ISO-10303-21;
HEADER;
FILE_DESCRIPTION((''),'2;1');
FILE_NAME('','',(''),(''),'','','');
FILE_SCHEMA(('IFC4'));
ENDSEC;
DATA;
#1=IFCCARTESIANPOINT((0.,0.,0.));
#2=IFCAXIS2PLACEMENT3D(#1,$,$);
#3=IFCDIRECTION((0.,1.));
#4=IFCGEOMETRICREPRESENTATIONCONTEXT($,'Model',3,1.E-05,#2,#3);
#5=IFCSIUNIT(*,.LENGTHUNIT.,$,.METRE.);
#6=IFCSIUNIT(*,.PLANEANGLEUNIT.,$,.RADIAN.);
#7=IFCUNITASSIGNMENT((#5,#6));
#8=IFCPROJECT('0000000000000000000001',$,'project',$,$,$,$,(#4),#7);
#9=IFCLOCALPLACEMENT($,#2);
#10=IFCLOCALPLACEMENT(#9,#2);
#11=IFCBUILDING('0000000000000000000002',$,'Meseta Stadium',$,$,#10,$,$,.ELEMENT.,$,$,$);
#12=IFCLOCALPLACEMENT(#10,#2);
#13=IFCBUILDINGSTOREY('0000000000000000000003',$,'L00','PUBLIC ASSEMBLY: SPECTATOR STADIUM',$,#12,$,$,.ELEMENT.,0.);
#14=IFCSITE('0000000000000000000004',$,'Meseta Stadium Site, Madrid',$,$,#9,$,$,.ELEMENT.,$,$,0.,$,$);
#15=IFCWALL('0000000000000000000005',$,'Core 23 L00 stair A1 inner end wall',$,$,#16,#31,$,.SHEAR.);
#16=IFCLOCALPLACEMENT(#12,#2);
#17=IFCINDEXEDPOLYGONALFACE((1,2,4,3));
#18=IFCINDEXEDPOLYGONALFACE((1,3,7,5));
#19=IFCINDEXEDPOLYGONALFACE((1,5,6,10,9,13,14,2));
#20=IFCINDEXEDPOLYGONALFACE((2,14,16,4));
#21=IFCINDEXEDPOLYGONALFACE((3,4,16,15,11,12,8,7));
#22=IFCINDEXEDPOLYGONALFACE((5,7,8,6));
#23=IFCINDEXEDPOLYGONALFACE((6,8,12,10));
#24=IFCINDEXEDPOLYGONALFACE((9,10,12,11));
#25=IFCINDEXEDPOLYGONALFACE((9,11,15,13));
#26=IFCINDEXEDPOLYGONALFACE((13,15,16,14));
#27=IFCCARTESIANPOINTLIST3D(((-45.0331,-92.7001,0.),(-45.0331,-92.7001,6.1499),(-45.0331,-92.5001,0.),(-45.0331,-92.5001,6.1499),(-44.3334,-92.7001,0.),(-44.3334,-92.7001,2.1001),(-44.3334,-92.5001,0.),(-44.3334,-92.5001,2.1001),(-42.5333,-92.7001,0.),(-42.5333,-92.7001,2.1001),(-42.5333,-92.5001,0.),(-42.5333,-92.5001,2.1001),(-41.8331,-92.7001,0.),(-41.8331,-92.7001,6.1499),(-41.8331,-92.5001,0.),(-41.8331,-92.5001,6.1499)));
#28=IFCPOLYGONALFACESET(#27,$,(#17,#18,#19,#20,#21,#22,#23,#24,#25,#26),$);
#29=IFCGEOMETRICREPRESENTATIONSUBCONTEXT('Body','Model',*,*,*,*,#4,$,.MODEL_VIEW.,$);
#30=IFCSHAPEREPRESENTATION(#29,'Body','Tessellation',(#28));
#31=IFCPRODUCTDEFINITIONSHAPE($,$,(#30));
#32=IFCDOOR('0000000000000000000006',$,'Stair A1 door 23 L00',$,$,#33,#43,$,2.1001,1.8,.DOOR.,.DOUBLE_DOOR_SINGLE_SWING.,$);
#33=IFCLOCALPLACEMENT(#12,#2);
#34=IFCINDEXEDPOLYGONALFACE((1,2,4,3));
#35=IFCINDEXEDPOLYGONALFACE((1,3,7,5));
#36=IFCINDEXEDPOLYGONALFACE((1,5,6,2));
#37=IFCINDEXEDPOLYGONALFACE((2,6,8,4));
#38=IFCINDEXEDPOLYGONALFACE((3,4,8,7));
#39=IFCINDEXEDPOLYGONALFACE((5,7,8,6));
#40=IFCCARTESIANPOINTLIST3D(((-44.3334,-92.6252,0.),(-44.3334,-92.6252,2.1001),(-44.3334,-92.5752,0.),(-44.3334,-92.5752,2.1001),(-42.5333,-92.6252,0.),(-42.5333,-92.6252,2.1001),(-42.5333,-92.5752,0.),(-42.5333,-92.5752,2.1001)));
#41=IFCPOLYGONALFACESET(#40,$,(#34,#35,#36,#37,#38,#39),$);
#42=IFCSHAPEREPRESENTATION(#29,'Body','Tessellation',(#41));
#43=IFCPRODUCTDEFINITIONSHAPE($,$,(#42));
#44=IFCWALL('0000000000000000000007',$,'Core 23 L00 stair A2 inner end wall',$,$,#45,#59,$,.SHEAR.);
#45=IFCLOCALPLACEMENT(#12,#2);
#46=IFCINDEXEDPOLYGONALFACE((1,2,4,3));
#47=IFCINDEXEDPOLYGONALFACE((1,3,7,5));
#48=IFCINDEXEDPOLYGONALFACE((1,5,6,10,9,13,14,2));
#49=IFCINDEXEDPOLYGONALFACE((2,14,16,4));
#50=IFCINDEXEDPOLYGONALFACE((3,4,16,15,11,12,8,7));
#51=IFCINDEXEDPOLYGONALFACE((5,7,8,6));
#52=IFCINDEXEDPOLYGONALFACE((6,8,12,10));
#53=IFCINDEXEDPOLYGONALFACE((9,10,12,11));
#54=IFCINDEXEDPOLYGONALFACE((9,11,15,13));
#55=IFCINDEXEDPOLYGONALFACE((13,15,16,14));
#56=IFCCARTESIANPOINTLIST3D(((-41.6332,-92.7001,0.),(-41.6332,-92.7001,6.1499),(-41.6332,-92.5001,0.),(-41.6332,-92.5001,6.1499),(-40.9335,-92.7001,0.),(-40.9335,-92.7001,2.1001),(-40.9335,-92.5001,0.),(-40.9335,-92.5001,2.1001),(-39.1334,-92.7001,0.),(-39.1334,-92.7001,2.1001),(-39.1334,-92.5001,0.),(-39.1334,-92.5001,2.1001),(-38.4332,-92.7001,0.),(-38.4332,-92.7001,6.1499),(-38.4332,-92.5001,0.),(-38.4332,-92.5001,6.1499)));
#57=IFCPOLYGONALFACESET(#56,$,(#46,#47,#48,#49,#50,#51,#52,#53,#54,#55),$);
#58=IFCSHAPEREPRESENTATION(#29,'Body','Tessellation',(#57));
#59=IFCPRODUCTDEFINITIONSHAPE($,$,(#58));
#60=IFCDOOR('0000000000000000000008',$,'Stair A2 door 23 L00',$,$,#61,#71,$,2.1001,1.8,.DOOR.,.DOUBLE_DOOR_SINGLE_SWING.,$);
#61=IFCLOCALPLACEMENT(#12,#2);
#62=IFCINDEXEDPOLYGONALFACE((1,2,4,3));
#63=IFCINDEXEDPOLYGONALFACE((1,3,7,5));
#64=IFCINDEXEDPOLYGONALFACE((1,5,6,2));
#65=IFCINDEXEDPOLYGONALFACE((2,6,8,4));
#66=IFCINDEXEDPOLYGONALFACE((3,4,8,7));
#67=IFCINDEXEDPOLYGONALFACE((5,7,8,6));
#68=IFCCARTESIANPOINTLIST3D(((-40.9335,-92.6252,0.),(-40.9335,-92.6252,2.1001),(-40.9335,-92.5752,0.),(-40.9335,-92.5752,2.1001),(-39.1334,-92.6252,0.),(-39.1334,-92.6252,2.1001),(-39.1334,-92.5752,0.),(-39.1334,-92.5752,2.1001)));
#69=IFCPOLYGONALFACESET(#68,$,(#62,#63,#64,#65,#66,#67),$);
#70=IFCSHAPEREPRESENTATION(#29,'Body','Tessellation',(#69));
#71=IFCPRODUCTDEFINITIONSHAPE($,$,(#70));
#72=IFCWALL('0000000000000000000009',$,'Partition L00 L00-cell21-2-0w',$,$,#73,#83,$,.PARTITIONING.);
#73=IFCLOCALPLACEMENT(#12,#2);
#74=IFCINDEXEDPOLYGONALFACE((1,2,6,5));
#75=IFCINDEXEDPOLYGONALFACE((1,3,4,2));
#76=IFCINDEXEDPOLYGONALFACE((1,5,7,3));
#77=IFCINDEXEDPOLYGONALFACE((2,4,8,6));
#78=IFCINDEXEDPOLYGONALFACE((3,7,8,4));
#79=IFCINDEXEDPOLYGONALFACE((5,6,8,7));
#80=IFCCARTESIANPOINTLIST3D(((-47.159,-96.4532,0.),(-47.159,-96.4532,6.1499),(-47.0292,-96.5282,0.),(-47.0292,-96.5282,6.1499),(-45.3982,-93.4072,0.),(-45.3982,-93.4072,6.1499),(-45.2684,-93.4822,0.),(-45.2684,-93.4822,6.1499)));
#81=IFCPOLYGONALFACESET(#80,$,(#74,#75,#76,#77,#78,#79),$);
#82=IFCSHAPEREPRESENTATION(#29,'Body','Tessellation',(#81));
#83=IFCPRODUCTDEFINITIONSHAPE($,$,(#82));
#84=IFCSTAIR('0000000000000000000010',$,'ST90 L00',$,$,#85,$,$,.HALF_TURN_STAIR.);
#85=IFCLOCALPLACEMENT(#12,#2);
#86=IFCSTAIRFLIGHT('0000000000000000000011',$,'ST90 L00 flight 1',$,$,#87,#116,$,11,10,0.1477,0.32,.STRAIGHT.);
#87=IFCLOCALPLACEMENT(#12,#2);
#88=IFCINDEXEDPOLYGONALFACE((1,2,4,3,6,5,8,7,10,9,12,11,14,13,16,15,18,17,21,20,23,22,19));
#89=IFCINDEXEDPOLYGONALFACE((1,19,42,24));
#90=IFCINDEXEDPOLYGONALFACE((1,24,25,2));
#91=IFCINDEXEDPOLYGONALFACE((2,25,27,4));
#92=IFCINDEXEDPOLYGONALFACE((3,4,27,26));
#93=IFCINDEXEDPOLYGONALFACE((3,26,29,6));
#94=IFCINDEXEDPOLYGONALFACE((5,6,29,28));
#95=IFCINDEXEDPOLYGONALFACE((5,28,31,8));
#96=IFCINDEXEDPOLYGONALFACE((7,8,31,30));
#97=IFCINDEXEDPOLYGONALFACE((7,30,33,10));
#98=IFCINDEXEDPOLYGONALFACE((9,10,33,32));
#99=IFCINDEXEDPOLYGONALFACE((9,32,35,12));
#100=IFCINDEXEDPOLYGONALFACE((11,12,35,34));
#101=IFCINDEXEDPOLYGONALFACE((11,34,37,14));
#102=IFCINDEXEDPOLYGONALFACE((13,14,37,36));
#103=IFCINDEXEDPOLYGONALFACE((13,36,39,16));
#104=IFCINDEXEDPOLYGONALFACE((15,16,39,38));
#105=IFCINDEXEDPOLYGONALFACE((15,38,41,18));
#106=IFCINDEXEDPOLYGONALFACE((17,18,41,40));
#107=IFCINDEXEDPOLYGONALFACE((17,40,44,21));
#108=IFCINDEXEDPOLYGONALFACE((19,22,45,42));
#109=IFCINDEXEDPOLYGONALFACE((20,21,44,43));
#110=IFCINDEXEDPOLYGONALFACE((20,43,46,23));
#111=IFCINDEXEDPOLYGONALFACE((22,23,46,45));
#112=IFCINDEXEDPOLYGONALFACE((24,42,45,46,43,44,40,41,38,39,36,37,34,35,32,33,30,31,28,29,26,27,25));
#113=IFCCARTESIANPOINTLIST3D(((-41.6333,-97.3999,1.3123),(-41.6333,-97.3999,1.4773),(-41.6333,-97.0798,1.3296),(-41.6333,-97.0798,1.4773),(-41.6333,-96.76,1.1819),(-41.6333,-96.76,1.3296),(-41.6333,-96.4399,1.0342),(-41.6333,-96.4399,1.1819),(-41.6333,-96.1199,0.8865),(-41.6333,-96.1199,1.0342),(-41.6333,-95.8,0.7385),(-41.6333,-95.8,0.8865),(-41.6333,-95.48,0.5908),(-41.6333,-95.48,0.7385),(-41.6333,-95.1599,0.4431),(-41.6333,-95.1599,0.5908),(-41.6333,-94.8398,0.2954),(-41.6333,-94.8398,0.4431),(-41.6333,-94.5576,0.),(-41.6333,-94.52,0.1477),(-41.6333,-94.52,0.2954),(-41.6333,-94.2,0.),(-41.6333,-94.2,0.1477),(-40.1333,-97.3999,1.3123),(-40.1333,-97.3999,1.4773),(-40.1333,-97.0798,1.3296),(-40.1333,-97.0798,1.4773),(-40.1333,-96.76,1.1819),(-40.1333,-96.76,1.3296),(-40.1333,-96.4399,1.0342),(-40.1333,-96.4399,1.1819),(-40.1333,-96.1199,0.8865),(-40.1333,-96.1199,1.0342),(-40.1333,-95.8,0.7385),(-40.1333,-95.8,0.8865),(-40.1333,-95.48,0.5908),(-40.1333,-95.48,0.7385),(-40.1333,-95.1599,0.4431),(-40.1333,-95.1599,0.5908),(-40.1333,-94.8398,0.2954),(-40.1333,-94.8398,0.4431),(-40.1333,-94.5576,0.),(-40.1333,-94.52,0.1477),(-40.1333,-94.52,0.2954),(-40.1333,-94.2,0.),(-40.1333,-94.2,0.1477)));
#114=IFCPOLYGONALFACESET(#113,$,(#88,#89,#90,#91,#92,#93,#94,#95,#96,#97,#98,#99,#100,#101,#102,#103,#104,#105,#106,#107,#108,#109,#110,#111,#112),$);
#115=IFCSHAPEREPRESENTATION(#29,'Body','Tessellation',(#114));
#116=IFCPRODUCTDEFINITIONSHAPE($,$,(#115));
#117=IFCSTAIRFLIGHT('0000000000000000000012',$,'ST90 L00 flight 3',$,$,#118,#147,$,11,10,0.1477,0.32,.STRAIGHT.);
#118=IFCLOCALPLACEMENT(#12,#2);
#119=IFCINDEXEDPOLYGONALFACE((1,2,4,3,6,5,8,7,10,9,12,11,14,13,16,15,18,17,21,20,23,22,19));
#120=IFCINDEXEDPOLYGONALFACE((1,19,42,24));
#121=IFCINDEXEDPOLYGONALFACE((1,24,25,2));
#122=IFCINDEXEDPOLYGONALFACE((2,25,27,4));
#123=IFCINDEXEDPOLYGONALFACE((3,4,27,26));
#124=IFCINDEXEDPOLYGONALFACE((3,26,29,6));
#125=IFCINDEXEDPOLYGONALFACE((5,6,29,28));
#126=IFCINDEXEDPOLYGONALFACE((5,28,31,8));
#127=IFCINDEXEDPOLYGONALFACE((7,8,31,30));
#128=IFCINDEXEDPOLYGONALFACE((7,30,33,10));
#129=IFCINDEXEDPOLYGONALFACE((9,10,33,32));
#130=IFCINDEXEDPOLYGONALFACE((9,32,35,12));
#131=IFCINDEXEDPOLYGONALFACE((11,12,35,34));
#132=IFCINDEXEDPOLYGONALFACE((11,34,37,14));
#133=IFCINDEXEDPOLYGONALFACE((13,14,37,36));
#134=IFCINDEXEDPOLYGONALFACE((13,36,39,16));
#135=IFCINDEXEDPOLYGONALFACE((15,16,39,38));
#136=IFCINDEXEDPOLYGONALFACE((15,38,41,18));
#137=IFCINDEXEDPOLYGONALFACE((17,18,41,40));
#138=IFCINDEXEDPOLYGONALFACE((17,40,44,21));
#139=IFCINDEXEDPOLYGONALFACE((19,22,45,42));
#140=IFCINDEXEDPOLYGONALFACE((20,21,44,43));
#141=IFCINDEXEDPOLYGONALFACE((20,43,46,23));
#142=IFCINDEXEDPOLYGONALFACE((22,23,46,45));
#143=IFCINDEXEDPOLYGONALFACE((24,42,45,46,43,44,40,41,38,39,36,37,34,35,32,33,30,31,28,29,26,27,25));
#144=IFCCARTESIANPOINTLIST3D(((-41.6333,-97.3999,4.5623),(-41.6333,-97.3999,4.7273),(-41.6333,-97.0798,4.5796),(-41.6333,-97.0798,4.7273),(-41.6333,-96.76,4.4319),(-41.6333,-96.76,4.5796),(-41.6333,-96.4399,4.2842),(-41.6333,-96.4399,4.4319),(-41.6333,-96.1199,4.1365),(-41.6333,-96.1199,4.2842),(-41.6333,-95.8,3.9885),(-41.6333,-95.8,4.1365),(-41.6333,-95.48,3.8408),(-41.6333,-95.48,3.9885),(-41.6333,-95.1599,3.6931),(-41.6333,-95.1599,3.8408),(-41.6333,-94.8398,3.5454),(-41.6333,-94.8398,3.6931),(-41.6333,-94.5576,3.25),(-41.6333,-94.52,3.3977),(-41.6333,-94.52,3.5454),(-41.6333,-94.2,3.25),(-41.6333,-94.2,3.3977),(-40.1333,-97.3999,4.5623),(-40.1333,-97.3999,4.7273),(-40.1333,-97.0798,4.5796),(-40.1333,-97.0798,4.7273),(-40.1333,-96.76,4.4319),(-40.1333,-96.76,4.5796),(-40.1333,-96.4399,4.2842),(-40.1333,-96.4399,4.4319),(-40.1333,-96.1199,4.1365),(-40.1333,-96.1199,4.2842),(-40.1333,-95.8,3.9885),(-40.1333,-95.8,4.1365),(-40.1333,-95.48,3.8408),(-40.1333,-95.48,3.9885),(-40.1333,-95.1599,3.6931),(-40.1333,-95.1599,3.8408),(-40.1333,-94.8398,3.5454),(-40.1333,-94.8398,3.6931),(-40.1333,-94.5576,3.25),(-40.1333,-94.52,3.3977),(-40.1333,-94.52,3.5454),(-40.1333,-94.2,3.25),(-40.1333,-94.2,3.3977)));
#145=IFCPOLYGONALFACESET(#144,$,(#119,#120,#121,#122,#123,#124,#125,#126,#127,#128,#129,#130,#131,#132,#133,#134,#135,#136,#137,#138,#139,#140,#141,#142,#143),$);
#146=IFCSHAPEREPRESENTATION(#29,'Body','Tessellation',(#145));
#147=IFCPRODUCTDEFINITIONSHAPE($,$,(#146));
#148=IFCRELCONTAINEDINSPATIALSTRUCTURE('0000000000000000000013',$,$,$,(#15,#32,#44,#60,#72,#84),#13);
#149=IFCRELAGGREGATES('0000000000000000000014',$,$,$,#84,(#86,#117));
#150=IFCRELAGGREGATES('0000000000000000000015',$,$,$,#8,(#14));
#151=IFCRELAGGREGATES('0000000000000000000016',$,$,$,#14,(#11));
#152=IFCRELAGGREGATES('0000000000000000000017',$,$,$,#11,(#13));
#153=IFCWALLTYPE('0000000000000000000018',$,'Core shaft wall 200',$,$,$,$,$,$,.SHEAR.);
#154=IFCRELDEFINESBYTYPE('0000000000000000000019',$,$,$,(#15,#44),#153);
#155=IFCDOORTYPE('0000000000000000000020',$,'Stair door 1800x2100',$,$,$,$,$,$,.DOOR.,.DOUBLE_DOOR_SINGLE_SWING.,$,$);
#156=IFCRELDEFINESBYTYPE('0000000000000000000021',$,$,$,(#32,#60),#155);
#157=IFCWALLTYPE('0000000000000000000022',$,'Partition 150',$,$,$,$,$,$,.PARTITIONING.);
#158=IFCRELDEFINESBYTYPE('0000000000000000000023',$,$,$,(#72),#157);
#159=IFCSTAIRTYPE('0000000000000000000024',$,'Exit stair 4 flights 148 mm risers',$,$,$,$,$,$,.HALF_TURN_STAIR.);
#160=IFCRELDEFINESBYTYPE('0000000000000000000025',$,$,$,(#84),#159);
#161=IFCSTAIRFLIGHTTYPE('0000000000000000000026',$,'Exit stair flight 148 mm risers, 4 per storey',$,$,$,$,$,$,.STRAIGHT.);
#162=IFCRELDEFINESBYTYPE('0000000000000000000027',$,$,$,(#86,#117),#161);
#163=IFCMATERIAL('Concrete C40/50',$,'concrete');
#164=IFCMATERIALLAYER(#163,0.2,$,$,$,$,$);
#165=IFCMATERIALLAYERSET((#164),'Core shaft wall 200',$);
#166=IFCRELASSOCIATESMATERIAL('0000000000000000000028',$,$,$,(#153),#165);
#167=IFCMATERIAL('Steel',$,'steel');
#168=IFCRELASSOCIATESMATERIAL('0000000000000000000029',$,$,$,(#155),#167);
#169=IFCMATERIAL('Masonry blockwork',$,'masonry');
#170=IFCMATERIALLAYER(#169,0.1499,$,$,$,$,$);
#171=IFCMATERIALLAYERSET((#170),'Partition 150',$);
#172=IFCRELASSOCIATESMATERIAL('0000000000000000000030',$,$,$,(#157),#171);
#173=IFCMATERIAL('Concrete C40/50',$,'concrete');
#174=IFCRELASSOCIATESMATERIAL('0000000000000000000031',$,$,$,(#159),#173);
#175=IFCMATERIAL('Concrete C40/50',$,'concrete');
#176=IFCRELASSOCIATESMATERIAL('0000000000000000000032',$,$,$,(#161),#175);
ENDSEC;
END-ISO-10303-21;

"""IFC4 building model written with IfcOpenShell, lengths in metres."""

from ifc_helpers import new_model, si_unit, direction, frame, frame_2d, origin, place, context, subcontext, project, spatial, polyline, rectangle, outline, extrude, material, layer, layer_set, type_object, element, fill, aggregate, save


model = new_model("IFC4")

# Units and contexts
model_context = context("Model", 3, precision=1e-05, world=origin(), true_north=direction((0.0, 1.0)))
body_context = subcontext(model_context, "Body", "Model", "MODEL_VIEW")
ifc_project = project(units=[si_unit("LENGTHUNIT", "METRE"), si_unit("PLANEANGLEUNIT", "RADIAN")], contexts=[model_context])

# Site, building, storey
site_placement = place(None, origin())
site = spatial("IfcSite", under=ifc_project, at=site_placement, Name="Meseta Stadium Site, Madrid", CompositionType="ELEMENT", RefElevation=0.0)
building_placement = place(site_placement, origin())
building = spatial("IfcBuilding", under=site, at=building_placement, Name="Meseta Stadium", CompositionType="ELEMENT")
storey_placement = place(building_placement, origin())
storey = spatial("IfcBuildingStorey", under=building, at=storey_placement, Name="L00", Description="PUBLIC ASSEMBLY: SPECTATOR STADIUM", CompositionType="ELEMENT", Elevation=0.0)

# Walls, openings, doors
ifc_material_1 = material(Name="Concrete C40/50", Category="concrete")
ifc_layer_1 = layer(ifc_material_1, 0.2)
ifc_layer_set_1 = layer_set([ifc_layer_1], Name="Core shaft wall 200")
wall_type_1 = type_object("IfcWallType", Name="Core shaft wall 200", PredefinedType="SHEAR", material=ifc_layer_set_1)
wall_1_placement = place(storey_placement, frame((-45.0332, -92.6001, 0.0), z_axis=(0.0, 0.0, 1.0), x_axis=(1.0, 0.0, 0.0)))
wall_1 = element("IfcWall", 1, at=wall_1_placement, inside=storey, type_object=wall_type_1, Name="Core 23 L00 stair A1 inner end wall", PredefinedType="SHEAR", context=body_context, shape_type="SweptSolid", body=[
    extrude(rectangle(XDim=3.2, YDim=0.2, at=frame_2d((1.6001, 0.0))), origin(), (0.0, 0.0, 1.0), 6.1499),
])
opening_1_placement = place(wall_1_placement, frame((0.7, 0.0, 0.0)))
opening_1 = element("IfcOpeningElement", 2, at=opening_1_placement, cuts=wall_1, PredefinedType="OPENING", context=body_context, shape_type="SweptSolid", body=[
    extrude(rectangle(XDim=1.8, YDim=2.1001, at=frame_2d((0.8999, 1.05))), frame((0.0, 0.1099, 0.0), z_axis=(0.0, -1.0, 0.0), x_axis=(1.0, 0.0, 0.0)), (0.0, 0.0, 1.0), 0.22),
])
ifc_material_2 = material(Name="Steel", Category="steel")
door_type = type_object("IfcDoorType", Name="Stair door 1800x2100", OperationType="DOUBLE_DOOR_SINGLE_SWING", PredefinedType="DOOR", material=ifc_material_2)
door_1_placement = place(opening_1_placement, origin())
door_1 = element("IfcDoor", 3, at=door_1_placement, inside=storey, type_object=door_type, Name="Stair A1 door 23 L00", OperationType="DOUBLE_DOOR_SINGLE_SWING", OverallHeight=2.1001, OverallWidth=1.8, PredefinedType="DOOR", context=body_context, shape_type="SweptSolid", body=[
    extrude(rectangle(XDim=1.8, YDim=2.1001, at=frame_2d((0.8999, 1.05))), frame((0.0, 0.0249, 0.0), z_axis=(0.0, -1.0, 0.0), x_axis=(1.0, 0.0, 0.0)), (0.0, 0.0, 1.0), 0.05),
])
fill(opening_1, door_1)
wall_2_placement = place(storey_placement, frame((-41.6333, -92.6001, 0.0), z_axis=(0.0, 0.0, 1.0), x_axis=(1.0, 0.0, 0.0)))
wall_2 = element("IfcWall", 4, at=wall_2_placement, inside=storey, type_object=wall_type_1, Name="Core 23 L00 stair A2 inner end wall", PredefinedType="SHEAR", context=body_context, shape_type="SweptSolid", body=[
    extrude(rectangle(XDim=3.2, YDim=0.2, at=frame_2d((1.6001, 0.0))), origin(), (0.0, 0.0, 1.0), 6.1499),
])
opening_2_placement = place(wall_2_placement, frame((0.7, 0.0, 0.0)))
opening_2 = element("IfcOpeningElement", 5, at=opening_2_placement, cuts=wall_2, PredefinedType="OPENING", context=body_context, shape_type="SweptSolid", body=[
    extrude(rectangle(XDim=1.8, YDim=2.1001, at=frame_2d((0.8999, 1.05))), frame((0.0, 0.1099, 0.0), z_axis=(0.0, -1.0, 0.0), x_axis=(1.0, 0.0, 0.0)), (0.0, 0.0, 1.0), 0.22),
])
door_2_placement = place(opening_2_placement, origin())
door_2 = element("IfcDoor", 6, at=door_2_placement, inside=storey, type_object=door_type, Name="Stair A2 door 23 L00", OperationType="DOUBLE_DOOR_SINGLE_SWING", OverallHeight=2.1001, OverallWidth=1.8, PredefinedType="DOOR", context=body_context, shape_type="SweptSolid", body=[
    extrude(rectangle(XDim=1.8, YDim=2.1001, at=frame_2d((0.8999, 1.05))), frame((0.0, 0.0249, 0.0), z_axis=(0.0, -1.0, 0.0), x_axis=(1.0, 0.0, 0.0)), (0.0, 0.0, 1.0), 0.05),
])
fill(opening_2, door_2)

# Wall
ifc_material_3 = material(Name="Masonry blockwork", Category="masonry")
ifc_layer_2 = layer(ifc_material_3, 0.1499)
ifc_layer_set_2 = layer_set([ifc_layer_2], Name="Partition 150")
wall_type_2 = type_object("IfcWallType", Name="Partition 150", PredefinedType="PARTITIONING", material=ifc_layer_set_2)
wall_3_placement = place(storey_placement, frame((-45.3333, -93.4446, 0.0), z_axis=(0.0, 0.0, 1.0), x_axis=(-0.500467, -0.865756, 0.0)))
element("IfcWall", 7, at=wall_3_placement, inside=storey, type_object=wall_type_2, Name="Partition L00 L00-cell21-2-0w", PredefinedType="PARTITIONING", context=body_context, shape_type="SweptSolid", body=[
    extrude(rectangle(XDim=3.5183, YDim=0.1499, at=frame_2d((1.7593, 0.0))), origin(), (0.0, 0.0, 1.0), 6.1499),
])

# Stair, stair flights
ifc_material_4 = material(Name="Concrete C40/50", Category="concrete")
stair_type = type_object("IfcStairType", Name="Exit stair 4 flights 148 mm risers", PredefinedType="HALF_TURN_STAIR", material=ifc_material_4)
stair_placement = place(storey_placement, origin())
stair = element("IfcStair", 8, at=stair_placement, inside=storey, type_object=stair_type, Name="ST90 L00", PredefinedType="HALF_TURN_STAIR")
ifc_material_5 = material(Name="Concrete C40/50", Category="concrete")
stair_flight_type = type_object("IfcStairFlightType", Name="Exit stair flight 148 mm risers, 4 per storey", PredefinedType="STRAIGHT", material=ifc_material_5)
stair_flight_1_placement = place(storey_placement, frame((-40.8833, -94.2, 0.0), z_axis=(0.0, 0.0, 1.0), x_axis=(0.0, -1.0, 0.0)))
stair_flight_1 = element("IfcStairFlight", 9, at=stair_flight_1_placement, type_object=stair_flight_type, Name="ST90 L00 flight 1", NumberOfRisers=11, NumberOfTreads=10, PredefinedType="STRAIGHT", RiserHeight=0.1477, TreadLength=0.32, context=body_context, shape_type="SweptSolid", body=[
    extrude(outline(polyline([(0.0, 0.0), (0.0, 0.1477), (0.3201, 0.1477), (0.3201, 0.2954), (0.6399, 0.2954), (0.6399, 0.4431), (0.96, 0.4431), (0.96, 0.5908), (1.28, 0.5908), (1.28, 0.7385), (1.6001, 0.7385), (1.6001, 0.8865), (1.9199, 0.8865), (1.9199, 1.0342), (2.24, 1.0342), (2.24, 1.1819), (2.5601, 1.1819), (2.5601, 1.3296), (2.8799, 1.3296), (2.8799, 1.4773), (3.2, 1.4773), (3.2, 1.3123), (0.3577, 0.0), (0.0, 0.0)])), frame((0.0, 0.75, 0.0), z_axis=(0.0, -1.0, 0.0), x_axis=(1.0, 0.0, 0.0)), (0.0, 0.0, 1.0), 1.5),
])
stair_flight_2_placement = place(storey_placement, frame((-40.8833, -94.2, 3.25), z_axis=(0.0, 0.0, 1.0), x_axis=(0.0, -1.0, 0.0)))
stair_flight_2 = element("IfcStairFlight", 10, at=stair_flight_2_placement, type_object=stair_flight_type, Name="ST90 L00 flight 3", NumberOfRisers=11, NumberOfTreads=10, PredefinedType="STRAIGHT", RiserHeight=0.1477, TreadLength=0.32, context=body_context, shape_type="SweptSolid", body=[
    extrude(outline(polyline([(0.0, 0.0), (0.0, 0.1477), (0.3201, 0.1477), (0.3201, 0.2954), (0.6399, 0.2954), (0.6399, 0.4431), (0.96, 0.4431), (0.96, 0.5908), (1.28, 0.5908), (1.28, 0.7385), (1.6001, 0.7385), (1.6001, 0.8865), (1.9199, 0.8865), (1.9199, 1.0342), (2.24, 1.0342), (2.24, 1.1819), (2.5601, 1.1819), (2.5601, 1.3296), (2.8799, 1.3296), (2.8799, 1.4773), (3.2, 1.4773), (3.2, 1.3123), (0.3577, 0.0), (0.0, 0.0)])), frame((0.0, 0.75, 0.0), z_axis=(0.0, -1.0, 0.0), x_axis=(1.0, 0.0, 0.0)), (0.0, 0.0, 1.0), 1.5),
])
aggregate(stair, [stair_flight_1, stair_flight_2])

save(model, "model.ifc")
